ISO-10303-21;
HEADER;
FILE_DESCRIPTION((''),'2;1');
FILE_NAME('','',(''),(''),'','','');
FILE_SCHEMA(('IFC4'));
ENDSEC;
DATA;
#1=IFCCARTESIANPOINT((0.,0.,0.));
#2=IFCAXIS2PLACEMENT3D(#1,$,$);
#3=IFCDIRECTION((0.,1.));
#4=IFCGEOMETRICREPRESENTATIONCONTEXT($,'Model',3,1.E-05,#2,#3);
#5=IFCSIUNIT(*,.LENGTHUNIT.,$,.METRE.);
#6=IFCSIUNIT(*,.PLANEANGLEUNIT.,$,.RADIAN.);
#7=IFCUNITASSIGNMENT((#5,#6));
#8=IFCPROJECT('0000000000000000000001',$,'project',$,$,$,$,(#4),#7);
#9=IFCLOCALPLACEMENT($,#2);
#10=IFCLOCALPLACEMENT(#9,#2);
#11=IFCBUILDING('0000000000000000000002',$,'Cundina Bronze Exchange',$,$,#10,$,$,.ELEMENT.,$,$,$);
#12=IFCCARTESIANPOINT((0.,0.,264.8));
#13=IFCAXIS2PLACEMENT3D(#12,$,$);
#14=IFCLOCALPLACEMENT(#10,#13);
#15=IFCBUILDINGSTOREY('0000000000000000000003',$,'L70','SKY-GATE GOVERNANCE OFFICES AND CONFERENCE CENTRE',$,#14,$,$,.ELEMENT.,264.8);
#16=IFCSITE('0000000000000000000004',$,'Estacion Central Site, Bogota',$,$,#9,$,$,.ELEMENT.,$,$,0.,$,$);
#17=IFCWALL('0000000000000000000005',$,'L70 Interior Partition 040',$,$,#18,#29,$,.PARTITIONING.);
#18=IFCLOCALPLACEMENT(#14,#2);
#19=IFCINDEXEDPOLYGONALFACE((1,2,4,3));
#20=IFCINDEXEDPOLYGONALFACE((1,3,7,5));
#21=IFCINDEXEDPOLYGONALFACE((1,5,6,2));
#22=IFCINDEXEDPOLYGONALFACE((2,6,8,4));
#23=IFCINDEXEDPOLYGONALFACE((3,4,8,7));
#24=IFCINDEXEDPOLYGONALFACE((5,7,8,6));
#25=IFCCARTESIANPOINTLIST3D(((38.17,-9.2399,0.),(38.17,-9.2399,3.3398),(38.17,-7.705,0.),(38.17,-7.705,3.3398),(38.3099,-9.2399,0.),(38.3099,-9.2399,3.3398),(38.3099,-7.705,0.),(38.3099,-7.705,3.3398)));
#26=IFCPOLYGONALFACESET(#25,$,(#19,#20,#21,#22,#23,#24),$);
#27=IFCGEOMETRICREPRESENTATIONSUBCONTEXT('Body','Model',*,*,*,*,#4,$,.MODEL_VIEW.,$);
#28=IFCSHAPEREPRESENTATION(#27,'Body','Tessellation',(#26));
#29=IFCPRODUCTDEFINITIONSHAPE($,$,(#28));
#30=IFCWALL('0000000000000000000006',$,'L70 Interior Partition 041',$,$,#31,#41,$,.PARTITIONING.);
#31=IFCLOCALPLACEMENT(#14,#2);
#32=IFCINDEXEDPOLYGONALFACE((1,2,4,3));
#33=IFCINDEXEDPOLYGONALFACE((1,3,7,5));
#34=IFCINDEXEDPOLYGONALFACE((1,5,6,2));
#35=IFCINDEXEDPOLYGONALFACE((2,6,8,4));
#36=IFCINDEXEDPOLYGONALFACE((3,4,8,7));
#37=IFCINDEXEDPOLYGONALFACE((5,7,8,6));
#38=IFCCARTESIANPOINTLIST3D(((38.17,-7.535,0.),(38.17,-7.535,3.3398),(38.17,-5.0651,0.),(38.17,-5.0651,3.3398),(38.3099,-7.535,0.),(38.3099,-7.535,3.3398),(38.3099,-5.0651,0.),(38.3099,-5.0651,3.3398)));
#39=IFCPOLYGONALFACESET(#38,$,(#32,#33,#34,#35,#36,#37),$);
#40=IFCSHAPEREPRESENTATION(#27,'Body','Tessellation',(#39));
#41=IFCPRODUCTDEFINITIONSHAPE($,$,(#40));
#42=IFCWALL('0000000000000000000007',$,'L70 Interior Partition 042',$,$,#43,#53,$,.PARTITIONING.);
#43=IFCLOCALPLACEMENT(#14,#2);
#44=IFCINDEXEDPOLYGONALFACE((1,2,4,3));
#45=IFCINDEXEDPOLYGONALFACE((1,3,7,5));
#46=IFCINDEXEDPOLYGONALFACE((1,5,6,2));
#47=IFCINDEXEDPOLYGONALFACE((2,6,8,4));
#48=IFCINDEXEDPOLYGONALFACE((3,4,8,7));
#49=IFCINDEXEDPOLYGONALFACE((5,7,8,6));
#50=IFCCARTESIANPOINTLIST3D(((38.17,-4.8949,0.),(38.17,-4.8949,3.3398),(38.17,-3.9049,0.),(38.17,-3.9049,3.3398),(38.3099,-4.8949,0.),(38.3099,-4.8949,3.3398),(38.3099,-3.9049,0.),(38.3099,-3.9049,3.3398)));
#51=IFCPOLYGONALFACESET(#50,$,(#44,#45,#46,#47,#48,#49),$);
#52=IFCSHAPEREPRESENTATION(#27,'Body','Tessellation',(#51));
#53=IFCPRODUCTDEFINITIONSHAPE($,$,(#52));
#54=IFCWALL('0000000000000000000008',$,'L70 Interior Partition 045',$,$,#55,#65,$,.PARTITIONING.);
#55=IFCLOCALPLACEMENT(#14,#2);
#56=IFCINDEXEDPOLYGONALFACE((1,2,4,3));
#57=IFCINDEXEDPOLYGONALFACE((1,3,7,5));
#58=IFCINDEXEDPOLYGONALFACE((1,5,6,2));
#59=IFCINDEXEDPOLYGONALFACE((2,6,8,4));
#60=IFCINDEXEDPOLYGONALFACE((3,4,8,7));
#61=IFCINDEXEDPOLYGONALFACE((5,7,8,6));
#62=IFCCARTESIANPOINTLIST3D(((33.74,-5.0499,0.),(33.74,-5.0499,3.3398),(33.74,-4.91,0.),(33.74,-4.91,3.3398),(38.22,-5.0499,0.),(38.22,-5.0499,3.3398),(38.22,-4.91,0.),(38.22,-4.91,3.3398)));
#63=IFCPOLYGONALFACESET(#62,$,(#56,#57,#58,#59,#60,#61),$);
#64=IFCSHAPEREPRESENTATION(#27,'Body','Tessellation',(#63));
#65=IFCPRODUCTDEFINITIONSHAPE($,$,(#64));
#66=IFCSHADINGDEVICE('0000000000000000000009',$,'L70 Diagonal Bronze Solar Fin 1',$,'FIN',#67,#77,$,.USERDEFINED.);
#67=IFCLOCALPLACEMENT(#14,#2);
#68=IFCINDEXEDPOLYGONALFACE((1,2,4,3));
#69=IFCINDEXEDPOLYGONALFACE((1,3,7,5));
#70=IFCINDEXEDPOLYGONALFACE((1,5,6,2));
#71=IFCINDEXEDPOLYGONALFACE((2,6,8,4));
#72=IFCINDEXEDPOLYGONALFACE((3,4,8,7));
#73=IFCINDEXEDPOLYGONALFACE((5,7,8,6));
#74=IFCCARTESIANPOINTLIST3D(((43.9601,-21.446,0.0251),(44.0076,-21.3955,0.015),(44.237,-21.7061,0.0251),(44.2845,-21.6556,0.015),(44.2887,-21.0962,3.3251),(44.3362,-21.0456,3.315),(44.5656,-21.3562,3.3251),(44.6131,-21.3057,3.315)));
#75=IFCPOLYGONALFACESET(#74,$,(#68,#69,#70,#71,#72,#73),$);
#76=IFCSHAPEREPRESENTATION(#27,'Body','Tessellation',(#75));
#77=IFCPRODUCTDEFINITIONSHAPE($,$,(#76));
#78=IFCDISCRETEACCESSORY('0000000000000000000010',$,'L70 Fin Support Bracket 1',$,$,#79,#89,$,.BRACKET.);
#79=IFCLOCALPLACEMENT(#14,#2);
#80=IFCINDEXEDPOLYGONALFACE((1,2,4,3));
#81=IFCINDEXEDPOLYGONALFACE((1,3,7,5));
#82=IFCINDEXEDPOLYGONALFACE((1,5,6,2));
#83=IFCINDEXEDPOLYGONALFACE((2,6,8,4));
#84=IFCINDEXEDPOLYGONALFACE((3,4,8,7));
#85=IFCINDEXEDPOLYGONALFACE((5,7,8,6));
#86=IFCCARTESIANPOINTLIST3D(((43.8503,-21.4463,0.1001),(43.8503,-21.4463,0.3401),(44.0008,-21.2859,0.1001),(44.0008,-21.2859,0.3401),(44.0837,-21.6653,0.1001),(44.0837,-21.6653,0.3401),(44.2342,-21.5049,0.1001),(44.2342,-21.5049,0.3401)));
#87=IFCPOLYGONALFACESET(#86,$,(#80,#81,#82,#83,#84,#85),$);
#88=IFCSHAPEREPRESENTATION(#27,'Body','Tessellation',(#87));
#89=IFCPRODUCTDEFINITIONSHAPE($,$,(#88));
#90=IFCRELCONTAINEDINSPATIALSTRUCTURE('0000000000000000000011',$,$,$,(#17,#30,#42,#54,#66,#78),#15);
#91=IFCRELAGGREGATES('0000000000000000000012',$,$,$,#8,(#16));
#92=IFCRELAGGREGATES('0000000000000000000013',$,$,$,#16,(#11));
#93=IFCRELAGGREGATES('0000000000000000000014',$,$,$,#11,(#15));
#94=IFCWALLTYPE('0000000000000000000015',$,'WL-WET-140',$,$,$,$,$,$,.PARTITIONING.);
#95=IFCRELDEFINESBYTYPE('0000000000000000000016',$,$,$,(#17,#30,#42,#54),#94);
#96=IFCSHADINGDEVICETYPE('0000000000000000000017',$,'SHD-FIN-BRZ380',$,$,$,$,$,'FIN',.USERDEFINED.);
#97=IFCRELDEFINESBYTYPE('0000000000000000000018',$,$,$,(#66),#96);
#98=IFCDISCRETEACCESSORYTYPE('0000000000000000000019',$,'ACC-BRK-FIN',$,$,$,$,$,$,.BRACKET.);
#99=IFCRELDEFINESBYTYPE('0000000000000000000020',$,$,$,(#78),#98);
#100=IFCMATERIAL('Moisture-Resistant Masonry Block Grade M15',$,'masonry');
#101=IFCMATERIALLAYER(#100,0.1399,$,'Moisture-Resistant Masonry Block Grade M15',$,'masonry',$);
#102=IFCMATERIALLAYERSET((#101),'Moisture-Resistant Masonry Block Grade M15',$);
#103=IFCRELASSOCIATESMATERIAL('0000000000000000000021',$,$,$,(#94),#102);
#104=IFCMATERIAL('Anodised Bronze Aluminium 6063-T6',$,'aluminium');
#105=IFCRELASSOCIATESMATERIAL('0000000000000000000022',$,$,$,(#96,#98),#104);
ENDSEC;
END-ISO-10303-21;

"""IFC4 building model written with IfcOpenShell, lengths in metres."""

from ifc_helpers import new_model, si_unit, direction, frame, frame_2d, origin, origin_2d, place, context, subcontext, project, spatial, rectangle, extrude, material, layer, layer_set, material_profile, profile_set, type_object, element, save


model = new_model("IFC4")

# Units and contexts
model_context = context("Model", 3, precision=1e-05, world=origin(), true_north=direction((0.0, 1.0)))
body_context = subcontext(model_context, "Body", "Model", "MODEL_VIEW")
ifc_project = project(units=[si_unit("LENGTHUNIT", "METRE"), si_unit("PLANEANGLEUNIT", "RADIAN")], contexts=[model_context])

# Site, building, storey
site_placement = place(None, origin())
site = spatial("IfcSite", under=ifc_project, at=site_placement, Name="Estacion Central Site, Bogota", CompositionType="ELEMENT", RefElevation=0.0)
building_placement = place(site_placement, origin())
building = spatial("IfcBuilding", under=site, at=building_placement, Name="Cundina Bronze Exchange", CompositionType="ELEMENT")
storey_placement = place(building_placement, frame((0.0, 0.0, 264.8)))
storey = spatial("IfcBuildingStorey", under=building, at=storey_placement, Name="L70", Description="SKY-GATE GOVERNANCE OFFICES AND CONFERENCE CENTRE", CompositionType="ELEMENT", Elevation=264.8)

# Shared definitions
ifc_material_1 = material(Name="Anodised Bronze Aluminium 6063-T6", Category="aluminium")

# Walls
ifc_material_2 = material(Name="Moisture-Resistant Masonry Block Grade M15", Category="masonry")
ifc_layer_1 = layer(ifc_material_2, 0.1399, Name="Moisture-Resistant Masonry Block Grade M15", Category="masonry")
ifc_layer_set_1 = layer_set([ifc_layer_1], Name="Moisture-Resistant Masonry Block Grade M15")
wall_type_1 = type_object("IfcWallType", Name="WL-WET-140", PredefinedType="PARTITIONING", material=ifc_layer_set_1)
wall_1_placement = place(storey_placement, frame((38.24, -9.24, 0.0), z_axis=(0.0, 0.0, 1.0), x_axis=(0.0, 1.0, 0.0)))
element("IfcWall", 1, at=wall_1_placement, inside=storey, type_object=wall_type_1, Name="L70 Interior Partition 040", PredefinedType="PARTITIONING", context=body_context, shape_type="SweptSolid", body=[
    extrude(rectangle(XDim=1.5349, YDim=0.1399, at=frame_2d((0.7676, 0.0))), origin(), (0.0, 0.0, 1.0), 3.3398),
])
wall_2_placement = place(storey_placement, frame((38.24, -7.5349, 0.0), z_axis=(0.0, 0.0, 1.0), x_axis=(0.0, 1.0, 0.0)))
element("IfcWall", 2, at=wall_2_placement, inside=storey, type_object=wall_type_1, Name="L70 Interior Partition 041", PredefinedType="PARTITIONING", context=body_context, shape_type="SweptSolid", body=[
    extrude(rectangle(XDim=2.47, YDim=0.1399, at=frame_2d((1.2349, 0.0))), origin(), (0.0, 0.0, 1.0), 3.3398),
])
wall_3_placement = place(storey_placement, frame((38.24, -4.895, 0.0), z_axis=(0.0, 0.0, 1.0), x_axis=(0.0, 1.0, 0.0)))
element("IfcWall", 3, at=wall_3_placement, inside=storey, type_object=wall_type_1, Name="L70 Interior Partition 042", PredefinedType="PARTITIONING", context=body_context, shape_type="SweptSolid", body=[
    extrude(rectangle(XDim=0.99, YDim=0.1399, at=frame_2d((0.4951, 0.0))), origin(), (0.0, 0.0, 1.0), 3.3398),
])
wall_4_placement = place(storey_placement, frame((33.74, -4.98, 0.0), z_axis=(0.0, 0.0, 1.0), x_axis=(1.0, 0.0, 0.0)))
element("IfcWall", 4, at=wall_4_placement, inside=storey, type_object=wall_type_1, Name="L70 Interior Partition 045", PredefinedType="PARTITIONING", context=body_context, shape_type="SweptSolid", body=[
    extrude(rectangle(XDim=4.48, YDim=0.1399, at=frame_2d((2.24, 0.0))), origin(), (0.0, 0.0, 1.0), 3.3398),
])

# Shading device
ifc_material_profile_1 = material_profile(ifc_material_1, rectangle(XDim=0.0701, YDim=0.3799, at=origin_2d()), Name="FIN70X380", Category="aluminium")
ifc_profile_set_1 = profile_set([ifc_material_profile_1], Name="Anodised Bronze Aluminium 6063-T6")
shading_device_type = type_object("IfcShadingDeviceType", Name="SHD-FIN-BRZ380", ElementType="FIN", PredefinedType="USERDEFINED", material=ifc_profile_set_1)
shading_device_placement = place(storey_placement, frame((44.1223, -21.5508, 0.02), z_axis=(0.098541, 0.104911, 0.989587), x_axis=(-0.677506, -0.721297, 0.143933)))
element("IfcShadingDevice", 5, at=shading_device_placement, inside=storey, type_object=shading_device_type, Name="L70 Diagonal Bronze Solar Fin 1", ObjectType="FIN", PredefinedType="USERDEFINED", context=body_context, shape_type="SweptSolid", body=[
    extrude(rectangle(XDim=0.0701, YDim=0.3799, at=origin_2d()), origin(), (0.0, 0.0, 1.0), 3.3347),
])

# Discrete accessory
discrete_accessory_type = type_object("IfcDiscreteAccessoryType", Name="ACC-BRK-FIN", PredefinedType="BRACKET", material=ifc_material_1)
discrete_accessory_placement = place(storey_placement, frame((44.0422, -21.4756, 0.1001), z_axis=(0.0, 0.0, 1.0), x_axis=(0.684344, 0.72916, 0.0)))
element("IfcDiscreteAccessory", 6, at=discrete_accessory_placement, inside=storey, type_object=discrete_accessory_type, Name="L70 Fin Support Bracket 1", PredefinedType="BRACKET", context=body_context, shape_type="SweptSolid", body=[
    extrude(rectangle(XDim=0.22, YDim=0.3201, at=origin_2d()), origin(), (0.0, 0.0, 1.0), 0.24),
])

save(model, "model.ifc")
